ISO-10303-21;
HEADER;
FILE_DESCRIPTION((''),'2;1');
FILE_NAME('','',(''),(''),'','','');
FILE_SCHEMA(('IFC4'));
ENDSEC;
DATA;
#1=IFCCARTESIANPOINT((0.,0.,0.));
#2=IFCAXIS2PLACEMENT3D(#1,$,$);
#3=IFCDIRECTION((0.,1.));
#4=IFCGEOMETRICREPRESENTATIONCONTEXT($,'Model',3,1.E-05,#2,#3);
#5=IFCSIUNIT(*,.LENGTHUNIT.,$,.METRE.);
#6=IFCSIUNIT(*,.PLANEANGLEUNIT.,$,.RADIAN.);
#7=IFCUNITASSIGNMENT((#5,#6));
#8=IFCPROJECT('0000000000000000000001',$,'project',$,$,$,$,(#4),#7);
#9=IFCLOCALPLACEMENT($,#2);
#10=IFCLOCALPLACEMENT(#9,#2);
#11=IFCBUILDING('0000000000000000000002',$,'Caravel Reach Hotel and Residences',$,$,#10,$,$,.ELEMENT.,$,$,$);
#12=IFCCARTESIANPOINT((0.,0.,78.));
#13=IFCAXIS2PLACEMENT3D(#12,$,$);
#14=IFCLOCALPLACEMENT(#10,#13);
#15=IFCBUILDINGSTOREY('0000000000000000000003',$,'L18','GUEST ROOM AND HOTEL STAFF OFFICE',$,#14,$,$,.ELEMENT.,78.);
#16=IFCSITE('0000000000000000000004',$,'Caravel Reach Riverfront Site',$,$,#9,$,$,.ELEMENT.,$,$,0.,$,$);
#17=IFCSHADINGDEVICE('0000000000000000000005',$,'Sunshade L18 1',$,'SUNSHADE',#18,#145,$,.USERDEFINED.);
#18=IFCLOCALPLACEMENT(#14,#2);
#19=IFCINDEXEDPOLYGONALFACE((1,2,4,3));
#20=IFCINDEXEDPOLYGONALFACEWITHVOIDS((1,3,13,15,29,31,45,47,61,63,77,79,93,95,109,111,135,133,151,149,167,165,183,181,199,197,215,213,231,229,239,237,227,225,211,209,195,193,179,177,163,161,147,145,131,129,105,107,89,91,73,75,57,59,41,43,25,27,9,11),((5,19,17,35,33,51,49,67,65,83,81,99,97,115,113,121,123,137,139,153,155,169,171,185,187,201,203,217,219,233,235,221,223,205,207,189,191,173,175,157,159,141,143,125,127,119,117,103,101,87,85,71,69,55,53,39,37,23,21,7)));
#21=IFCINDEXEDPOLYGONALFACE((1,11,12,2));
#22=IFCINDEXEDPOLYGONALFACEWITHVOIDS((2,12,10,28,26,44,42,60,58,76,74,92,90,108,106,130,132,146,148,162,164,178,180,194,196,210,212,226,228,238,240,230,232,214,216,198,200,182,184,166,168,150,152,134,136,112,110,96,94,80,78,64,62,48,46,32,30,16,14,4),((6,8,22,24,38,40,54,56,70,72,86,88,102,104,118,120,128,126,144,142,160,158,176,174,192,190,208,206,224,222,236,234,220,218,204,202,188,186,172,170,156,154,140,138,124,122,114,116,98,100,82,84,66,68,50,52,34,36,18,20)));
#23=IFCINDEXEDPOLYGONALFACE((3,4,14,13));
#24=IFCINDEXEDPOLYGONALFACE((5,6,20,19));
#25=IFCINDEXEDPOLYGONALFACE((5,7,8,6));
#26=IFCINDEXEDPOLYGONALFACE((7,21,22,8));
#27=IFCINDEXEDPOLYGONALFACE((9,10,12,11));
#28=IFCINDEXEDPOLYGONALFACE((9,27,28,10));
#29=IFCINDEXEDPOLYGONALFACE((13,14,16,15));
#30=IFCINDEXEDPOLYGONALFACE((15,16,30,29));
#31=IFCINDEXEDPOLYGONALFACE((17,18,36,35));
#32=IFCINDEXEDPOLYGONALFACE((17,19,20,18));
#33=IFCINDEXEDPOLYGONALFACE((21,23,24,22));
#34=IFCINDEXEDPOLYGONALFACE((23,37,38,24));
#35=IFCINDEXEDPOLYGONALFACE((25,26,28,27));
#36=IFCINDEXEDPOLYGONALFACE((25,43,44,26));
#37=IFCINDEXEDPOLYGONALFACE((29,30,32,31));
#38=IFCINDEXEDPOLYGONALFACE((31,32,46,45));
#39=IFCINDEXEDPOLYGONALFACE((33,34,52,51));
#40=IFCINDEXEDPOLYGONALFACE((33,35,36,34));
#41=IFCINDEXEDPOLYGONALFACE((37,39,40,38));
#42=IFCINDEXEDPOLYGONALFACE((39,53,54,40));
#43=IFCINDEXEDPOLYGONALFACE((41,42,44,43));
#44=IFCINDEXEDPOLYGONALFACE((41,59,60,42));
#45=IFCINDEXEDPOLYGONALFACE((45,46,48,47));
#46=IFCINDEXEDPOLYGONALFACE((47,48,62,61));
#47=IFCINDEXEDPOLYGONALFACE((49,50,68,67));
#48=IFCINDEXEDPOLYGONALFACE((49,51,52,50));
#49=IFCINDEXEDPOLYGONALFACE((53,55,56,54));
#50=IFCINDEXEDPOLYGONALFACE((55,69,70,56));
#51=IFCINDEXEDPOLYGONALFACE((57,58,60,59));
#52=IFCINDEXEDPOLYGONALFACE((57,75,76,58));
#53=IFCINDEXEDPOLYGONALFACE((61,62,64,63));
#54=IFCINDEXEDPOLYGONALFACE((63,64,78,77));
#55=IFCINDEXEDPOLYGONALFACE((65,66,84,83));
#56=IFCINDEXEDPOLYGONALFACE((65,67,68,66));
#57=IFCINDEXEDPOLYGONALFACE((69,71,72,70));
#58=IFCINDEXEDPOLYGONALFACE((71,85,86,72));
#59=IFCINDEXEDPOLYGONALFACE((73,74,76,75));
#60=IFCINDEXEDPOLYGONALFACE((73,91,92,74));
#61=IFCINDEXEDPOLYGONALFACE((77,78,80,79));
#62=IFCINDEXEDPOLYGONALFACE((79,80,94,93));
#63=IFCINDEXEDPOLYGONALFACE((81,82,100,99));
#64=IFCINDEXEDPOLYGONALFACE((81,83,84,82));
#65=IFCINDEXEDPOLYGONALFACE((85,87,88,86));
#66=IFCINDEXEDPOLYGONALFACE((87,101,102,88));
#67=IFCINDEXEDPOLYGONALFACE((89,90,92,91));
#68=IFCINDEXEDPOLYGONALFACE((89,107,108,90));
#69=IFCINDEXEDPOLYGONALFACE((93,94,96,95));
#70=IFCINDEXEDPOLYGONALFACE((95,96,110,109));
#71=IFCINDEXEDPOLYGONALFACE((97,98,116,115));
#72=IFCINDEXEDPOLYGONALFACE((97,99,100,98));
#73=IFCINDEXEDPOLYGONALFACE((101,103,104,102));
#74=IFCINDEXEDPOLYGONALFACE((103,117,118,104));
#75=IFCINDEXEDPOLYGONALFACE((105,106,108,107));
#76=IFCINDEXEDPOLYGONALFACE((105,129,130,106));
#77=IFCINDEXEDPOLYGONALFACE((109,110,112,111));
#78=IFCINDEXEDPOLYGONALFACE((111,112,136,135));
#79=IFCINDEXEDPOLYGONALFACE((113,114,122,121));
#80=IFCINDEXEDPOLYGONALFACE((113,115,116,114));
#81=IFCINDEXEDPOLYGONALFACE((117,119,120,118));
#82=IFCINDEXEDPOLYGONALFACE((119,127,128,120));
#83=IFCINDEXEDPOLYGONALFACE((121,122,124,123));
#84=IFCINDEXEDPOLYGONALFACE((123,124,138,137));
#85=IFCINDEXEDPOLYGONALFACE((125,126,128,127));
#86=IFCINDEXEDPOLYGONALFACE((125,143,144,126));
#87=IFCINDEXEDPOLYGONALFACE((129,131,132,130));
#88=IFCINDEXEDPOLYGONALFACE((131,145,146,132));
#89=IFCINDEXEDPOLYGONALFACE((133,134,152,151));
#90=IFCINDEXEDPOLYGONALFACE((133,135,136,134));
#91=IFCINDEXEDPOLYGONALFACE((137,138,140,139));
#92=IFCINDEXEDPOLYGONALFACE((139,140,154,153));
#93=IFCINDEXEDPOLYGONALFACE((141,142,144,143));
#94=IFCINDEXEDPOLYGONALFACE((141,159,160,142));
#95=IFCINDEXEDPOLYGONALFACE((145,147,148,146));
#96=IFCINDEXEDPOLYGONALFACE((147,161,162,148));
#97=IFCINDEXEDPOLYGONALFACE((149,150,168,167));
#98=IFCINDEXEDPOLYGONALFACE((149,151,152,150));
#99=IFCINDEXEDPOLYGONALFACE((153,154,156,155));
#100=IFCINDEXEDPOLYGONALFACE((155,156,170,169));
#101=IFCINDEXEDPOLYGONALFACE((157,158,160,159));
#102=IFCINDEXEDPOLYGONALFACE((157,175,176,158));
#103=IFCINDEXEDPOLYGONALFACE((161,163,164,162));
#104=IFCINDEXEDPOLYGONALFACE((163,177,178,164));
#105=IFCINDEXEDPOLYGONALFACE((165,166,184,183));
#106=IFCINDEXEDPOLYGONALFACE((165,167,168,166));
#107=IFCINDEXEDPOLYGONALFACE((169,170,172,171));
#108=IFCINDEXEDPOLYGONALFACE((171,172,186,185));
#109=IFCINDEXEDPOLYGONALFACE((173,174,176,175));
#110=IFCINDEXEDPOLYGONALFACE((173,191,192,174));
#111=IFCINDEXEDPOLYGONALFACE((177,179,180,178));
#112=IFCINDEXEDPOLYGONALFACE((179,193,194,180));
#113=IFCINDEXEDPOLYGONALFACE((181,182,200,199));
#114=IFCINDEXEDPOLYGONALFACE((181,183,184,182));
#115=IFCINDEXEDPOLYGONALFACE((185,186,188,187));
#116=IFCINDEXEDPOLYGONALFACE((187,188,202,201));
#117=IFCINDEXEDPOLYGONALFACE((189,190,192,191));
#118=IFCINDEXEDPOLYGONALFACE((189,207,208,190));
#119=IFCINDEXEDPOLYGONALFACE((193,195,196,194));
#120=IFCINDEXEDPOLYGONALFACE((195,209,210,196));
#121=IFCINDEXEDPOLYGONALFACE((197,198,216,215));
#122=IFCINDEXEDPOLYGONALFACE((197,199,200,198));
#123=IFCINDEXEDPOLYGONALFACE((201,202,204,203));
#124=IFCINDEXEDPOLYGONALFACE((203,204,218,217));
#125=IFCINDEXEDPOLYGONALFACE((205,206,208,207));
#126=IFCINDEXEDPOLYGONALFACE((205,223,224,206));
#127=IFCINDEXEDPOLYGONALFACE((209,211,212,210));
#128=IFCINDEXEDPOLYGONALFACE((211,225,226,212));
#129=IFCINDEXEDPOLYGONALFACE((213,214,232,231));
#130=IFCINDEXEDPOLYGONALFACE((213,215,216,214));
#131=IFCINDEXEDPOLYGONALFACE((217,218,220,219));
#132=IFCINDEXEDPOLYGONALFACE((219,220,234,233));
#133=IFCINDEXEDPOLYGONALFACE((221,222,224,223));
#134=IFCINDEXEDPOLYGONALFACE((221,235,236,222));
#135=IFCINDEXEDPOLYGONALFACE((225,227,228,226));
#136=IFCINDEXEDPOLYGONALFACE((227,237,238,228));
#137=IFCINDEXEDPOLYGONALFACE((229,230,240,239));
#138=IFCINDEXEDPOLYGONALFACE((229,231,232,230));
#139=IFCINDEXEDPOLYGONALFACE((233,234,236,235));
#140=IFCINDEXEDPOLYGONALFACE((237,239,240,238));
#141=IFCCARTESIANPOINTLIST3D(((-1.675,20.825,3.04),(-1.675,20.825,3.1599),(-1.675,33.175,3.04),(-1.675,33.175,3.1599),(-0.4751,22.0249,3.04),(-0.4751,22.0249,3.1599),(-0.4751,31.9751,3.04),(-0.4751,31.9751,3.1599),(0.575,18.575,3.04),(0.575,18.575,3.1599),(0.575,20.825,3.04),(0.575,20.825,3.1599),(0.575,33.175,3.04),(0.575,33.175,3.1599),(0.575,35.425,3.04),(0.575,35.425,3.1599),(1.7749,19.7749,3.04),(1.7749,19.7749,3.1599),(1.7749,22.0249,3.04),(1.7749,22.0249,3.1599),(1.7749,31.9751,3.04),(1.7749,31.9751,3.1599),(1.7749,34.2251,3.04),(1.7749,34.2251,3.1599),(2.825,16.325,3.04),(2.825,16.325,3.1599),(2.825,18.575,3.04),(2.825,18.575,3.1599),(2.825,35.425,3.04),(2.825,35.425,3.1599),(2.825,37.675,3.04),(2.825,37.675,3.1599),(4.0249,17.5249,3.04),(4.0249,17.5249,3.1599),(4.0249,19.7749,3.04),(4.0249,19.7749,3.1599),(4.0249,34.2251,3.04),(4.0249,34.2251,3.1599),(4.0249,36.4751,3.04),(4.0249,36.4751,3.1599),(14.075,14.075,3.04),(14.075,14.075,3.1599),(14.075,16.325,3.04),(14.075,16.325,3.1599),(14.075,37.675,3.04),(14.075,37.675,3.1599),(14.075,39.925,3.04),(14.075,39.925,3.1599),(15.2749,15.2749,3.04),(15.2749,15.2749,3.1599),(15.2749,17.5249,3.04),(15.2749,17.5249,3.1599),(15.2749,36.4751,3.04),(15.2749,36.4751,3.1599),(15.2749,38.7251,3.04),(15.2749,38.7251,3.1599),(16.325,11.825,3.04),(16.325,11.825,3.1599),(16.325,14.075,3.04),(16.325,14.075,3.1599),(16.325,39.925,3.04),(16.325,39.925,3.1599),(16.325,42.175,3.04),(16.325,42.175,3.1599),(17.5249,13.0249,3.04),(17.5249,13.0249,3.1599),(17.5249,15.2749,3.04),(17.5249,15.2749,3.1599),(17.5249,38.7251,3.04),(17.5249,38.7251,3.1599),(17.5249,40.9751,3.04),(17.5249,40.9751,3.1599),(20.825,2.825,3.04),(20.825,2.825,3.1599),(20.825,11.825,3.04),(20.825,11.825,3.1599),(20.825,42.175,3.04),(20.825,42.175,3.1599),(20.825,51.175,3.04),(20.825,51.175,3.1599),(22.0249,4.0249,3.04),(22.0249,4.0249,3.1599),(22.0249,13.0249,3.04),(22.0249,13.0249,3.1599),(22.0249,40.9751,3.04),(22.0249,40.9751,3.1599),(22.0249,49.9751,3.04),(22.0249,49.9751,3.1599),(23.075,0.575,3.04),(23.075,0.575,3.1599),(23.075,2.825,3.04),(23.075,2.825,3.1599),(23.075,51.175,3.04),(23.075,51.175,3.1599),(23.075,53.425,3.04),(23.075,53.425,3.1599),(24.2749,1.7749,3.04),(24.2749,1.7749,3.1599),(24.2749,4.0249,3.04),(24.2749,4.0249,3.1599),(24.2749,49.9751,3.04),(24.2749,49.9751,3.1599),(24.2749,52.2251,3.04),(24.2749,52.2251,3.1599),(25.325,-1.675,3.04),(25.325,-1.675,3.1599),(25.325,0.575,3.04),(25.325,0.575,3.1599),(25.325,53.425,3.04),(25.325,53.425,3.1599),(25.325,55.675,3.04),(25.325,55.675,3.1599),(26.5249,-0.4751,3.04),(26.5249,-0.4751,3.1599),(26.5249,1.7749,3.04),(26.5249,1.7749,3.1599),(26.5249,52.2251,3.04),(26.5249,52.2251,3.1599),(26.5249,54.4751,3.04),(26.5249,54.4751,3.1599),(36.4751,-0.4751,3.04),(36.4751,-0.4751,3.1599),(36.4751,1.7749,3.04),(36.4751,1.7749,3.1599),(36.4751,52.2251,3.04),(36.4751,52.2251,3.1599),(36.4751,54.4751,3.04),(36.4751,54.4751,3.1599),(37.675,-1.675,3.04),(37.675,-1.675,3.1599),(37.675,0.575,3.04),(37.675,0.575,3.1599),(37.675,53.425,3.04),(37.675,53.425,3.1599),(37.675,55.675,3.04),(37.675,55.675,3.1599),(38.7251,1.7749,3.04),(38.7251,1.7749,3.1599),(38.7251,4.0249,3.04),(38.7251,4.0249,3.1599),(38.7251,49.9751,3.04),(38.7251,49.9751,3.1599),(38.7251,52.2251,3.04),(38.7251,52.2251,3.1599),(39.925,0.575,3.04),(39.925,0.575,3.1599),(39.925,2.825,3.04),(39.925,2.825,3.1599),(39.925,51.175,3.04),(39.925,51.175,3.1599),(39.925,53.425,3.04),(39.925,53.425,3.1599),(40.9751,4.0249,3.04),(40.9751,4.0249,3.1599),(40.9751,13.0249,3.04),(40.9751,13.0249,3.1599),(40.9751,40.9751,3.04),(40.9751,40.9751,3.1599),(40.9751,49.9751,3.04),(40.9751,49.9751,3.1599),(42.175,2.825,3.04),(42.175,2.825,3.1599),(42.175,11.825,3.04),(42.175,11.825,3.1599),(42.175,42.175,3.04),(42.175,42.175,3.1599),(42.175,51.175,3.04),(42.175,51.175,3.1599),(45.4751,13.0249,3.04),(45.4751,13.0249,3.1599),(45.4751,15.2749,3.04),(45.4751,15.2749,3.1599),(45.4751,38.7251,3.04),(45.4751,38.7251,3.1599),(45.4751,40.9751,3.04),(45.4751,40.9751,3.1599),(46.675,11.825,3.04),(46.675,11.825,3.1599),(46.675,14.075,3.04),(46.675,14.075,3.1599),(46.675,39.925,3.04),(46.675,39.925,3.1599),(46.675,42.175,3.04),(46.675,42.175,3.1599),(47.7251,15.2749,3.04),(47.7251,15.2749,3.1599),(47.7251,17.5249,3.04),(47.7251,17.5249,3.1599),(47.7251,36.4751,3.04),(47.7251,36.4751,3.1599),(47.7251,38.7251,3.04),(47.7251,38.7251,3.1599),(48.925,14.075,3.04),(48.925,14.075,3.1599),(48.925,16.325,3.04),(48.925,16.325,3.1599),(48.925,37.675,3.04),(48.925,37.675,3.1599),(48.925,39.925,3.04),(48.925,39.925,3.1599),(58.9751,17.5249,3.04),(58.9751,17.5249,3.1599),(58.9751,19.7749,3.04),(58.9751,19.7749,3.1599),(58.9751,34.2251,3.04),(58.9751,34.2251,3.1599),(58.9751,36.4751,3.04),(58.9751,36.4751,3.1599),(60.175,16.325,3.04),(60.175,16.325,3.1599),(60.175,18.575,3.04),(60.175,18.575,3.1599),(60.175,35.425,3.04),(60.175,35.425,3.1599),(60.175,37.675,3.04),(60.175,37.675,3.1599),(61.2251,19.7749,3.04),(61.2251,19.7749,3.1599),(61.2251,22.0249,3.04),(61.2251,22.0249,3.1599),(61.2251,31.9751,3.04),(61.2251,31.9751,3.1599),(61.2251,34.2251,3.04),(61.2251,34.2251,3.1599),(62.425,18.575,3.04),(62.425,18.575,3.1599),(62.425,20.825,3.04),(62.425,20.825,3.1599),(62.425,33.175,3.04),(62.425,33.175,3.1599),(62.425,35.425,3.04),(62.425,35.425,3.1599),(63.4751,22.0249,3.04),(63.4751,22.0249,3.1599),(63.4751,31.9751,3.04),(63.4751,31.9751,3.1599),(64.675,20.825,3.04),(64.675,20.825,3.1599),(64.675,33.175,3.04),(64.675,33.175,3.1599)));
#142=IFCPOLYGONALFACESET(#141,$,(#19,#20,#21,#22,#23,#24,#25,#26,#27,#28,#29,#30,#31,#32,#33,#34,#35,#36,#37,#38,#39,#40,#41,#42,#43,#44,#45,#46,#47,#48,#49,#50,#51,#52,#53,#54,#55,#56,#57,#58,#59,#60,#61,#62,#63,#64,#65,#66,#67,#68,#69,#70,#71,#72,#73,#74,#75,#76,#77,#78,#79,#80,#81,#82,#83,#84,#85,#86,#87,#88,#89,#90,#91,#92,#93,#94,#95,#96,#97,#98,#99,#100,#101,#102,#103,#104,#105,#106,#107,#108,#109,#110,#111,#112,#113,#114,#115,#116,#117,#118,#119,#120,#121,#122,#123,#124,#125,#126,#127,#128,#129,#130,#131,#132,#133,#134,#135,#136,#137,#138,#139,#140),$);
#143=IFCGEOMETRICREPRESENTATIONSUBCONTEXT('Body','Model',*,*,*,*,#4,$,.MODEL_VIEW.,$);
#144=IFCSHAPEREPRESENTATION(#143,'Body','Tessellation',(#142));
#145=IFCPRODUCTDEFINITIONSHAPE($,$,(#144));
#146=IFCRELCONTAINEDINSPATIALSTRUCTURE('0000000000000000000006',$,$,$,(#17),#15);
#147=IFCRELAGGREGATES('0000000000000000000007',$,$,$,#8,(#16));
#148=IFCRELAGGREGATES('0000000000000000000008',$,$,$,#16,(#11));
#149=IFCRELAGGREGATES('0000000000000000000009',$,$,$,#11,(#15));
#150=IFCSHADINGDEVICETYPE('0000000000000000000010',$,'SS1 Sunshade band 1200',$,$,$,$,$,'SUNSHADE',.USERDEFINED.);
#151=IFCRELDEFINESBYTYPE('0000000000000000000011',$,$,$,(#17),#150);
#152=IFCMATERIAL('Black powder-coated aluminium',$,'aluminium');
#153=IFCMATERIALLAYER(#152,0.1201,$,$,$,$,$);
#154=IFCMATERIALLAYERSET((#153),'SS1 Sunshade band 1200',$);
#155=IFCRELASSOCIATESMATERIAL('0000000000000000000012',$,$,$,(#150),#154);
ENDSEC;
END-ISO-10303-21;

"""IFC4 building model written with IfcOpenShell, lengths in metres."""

from ifc_helpers import new_model, si_unit, direction, frame, origin, place, context, subcontext, project, spatial, polyline, outline, extrude, material, layer, layer_set, type_object, element, save


model = new_model("IFC4")

# Units and contexts
model_context = context("Model", 3, precision=1e-05, world=origin(), true_north=direction((0.0, 1.0)))
body_context = subcontext(model_context, "Body", "Model", "MODEL_VIEW")
ifc_project = project(units=[si_unit("LENGTHUNIT", "METRE"), si_unit("PLANEANGLEUNIT", "RADIAN")], contexts=[model_context])

# Site, building, storey
site_placement = place(None, origin())
site = spatial("IfcSite", under=ifc_project, at=site_placement, Name="Caravel Reach Riverfront Site", CompositionType="ELEMENT", RefElevation=0.0)
building_placement = place(site_placement, origin())
building = spatial("IfcBuilding", under=site, at=building_placement, Name="Caravel Reach Hotel and Residences", CompositionType="ELEMENT")
storey_placement = place(building_placement, frame((0.0, 0.0, 78.0)))
storey = spatial("IfcBuildingStorey", under=building, at=storey_placement, Name="L18", Description="GUEST ROOM AND HOTEL STAFF OFFICE", CompositionType="ELEMENT", Elevation=78.0)

# Shading device
ifc_material_1 = material(Name="Black powder-coated aluminium", Category="aluminium")
ifc_layer_1 = layer(ifc_material_1, 0.1201)
ifc_layer_set_1 = layer_set([ifc_layer_1], Name="SS1 Sunshade band 1200")
shading_device_type = type_object("IfcShadingDeviceType", Name="SS1 Sunshade band 1200", ElementType="SUNSHADE", PredefinedType="USERDEFINED", material=ifc_layer_set_1)
shading_device_placement = place(storey_placement, frame((0.0, 0.0, 3.04)))
element("IfcShadingDevice", 1, at=shading_device_placement, inside=storey, type_object=shading_device_type, Name="Sunshade L18 1", ObjectType="SUNSHADE", PredefinedType="USERDEFINED", context=body_context, shape_type="SweptSolid", body=[
    extrude(outline(polyline([(20.825, 11.825), (20.825, 2.825), (23.075, 2.825), (23.075, 0.575), (25.325, 0.575), (25.325, -1.675), (37.675, -1.675), (37.675, 0.575), (39.925, 0.575), (39.925, 2.825), (42.175, 2.825), (42.175, 11.825), (46.675, 11.825), (46.675, 14.075), (48.925, 14.075), (48.925, 16.325), (60.175, 16.325), (60.175, 18.575), (62.425, 18.575), (62.425, 20.825), (64.675, 20.825), (64.675, 33.175), (62.425, 33.175), (62.425, 35.425), (60.175, 35.425), (60.175, 37.675), (48.925, 37.675), (48.925, 39.925), (46.675, 39.925), (46.675, 42.175), (42.175, 42.175), (42.175, 51.175), (39.925, 51.175), (39.925, 53.425), (37.675, 53.425), (37.675, 55.675), (25.325, 55.675), (25.325, 53.425), (23.075, 53.425), (23.075, 51.175), (20.825, 51.175), (20.825, 42.175), (16.325, 42.175), (16.325, 39.925), (14.075, 39.925), (14.075, 37.675), (2.825, 37.675), (2.825, 35.425), (0.575, 35.425), (0.575, 33.175), (-1.675, 33.175), (-1.675, 20.825), (0.575, 20.825), (0.575, 18.575), (2.825, 18.575), (2.825, 16.325), (14.075, 16.325), (14.075, 14.075), (16.325, 14.075), (16.325, 11.825), (20.825, 11.825)]), holes=[polyline([(24.2749, 4.0249), (22.0249, 4.0249), (22.0249, 13.0249), (17.5249, 13.0249), (17.5249, 15.2749), (15.2749, 15.2749), (15.2749, 17.5249), (4.0249, 17.5249), (4.0249, 19.7749), (1.7749, 19.7749), (1.7749, 22.0249), (-0.4751, 22.0249), (-0.4751, 31.9751), (1.7749, 31.9751), (1.7749, 34.2251), (4.0249, 34.2251), (4.0249, 36.4751), (15.2749, 36.4751), (15.2749, 38.7251), (17.5249, 38.7251), (17.5249, 40.9751), (22.0249, 40.9751), (22.0249, 49.9751), (24.2749, 49.9751), (24.2749, 52.2251), (26.5249, 52.2251), (26.5249, 54.4751), (36.4751, 54.4751), (36.4751, 52.2251), (38.7251, 52.2251), (38.7251, 49.9751), (40.9751, 49.9751), (40.9751, 40.9751), (45.4751, 40.9751), (45.4751, 38.7251), (47.7251, 38.7251), (47.7251, 36.4751), (58.9751, 36.4751), (58.9751, 34.2251), (61.2251, 34.2251), (61.2251, 31.9751), (63.4751, 31.9751), (63.4751, 22.0249), (61.2251, 22.0249), (61.2251, 19.7749), (58.9751, 19.7749), (58.9751, 17.5249), (47.7251, 17.5249), (47.7251, 15.2749), (45.4751, 15.2749), (45.4751, 13.0249), (40.9751, 13.0249), (40.9751, 4.0249), (38.7251, 4.0249), (38.7251, 1.7749), (36.4751, 1.7749), (36.4751, -0.4751), (26.5249, -0.4751), (26.5249, 1.7749), (24.2749, 1.7749), (24.2749, 4.0249)])]), origin(), (0.0, 0.0, 1.0), 0.1199),
])

save(model, "model.ifc")
